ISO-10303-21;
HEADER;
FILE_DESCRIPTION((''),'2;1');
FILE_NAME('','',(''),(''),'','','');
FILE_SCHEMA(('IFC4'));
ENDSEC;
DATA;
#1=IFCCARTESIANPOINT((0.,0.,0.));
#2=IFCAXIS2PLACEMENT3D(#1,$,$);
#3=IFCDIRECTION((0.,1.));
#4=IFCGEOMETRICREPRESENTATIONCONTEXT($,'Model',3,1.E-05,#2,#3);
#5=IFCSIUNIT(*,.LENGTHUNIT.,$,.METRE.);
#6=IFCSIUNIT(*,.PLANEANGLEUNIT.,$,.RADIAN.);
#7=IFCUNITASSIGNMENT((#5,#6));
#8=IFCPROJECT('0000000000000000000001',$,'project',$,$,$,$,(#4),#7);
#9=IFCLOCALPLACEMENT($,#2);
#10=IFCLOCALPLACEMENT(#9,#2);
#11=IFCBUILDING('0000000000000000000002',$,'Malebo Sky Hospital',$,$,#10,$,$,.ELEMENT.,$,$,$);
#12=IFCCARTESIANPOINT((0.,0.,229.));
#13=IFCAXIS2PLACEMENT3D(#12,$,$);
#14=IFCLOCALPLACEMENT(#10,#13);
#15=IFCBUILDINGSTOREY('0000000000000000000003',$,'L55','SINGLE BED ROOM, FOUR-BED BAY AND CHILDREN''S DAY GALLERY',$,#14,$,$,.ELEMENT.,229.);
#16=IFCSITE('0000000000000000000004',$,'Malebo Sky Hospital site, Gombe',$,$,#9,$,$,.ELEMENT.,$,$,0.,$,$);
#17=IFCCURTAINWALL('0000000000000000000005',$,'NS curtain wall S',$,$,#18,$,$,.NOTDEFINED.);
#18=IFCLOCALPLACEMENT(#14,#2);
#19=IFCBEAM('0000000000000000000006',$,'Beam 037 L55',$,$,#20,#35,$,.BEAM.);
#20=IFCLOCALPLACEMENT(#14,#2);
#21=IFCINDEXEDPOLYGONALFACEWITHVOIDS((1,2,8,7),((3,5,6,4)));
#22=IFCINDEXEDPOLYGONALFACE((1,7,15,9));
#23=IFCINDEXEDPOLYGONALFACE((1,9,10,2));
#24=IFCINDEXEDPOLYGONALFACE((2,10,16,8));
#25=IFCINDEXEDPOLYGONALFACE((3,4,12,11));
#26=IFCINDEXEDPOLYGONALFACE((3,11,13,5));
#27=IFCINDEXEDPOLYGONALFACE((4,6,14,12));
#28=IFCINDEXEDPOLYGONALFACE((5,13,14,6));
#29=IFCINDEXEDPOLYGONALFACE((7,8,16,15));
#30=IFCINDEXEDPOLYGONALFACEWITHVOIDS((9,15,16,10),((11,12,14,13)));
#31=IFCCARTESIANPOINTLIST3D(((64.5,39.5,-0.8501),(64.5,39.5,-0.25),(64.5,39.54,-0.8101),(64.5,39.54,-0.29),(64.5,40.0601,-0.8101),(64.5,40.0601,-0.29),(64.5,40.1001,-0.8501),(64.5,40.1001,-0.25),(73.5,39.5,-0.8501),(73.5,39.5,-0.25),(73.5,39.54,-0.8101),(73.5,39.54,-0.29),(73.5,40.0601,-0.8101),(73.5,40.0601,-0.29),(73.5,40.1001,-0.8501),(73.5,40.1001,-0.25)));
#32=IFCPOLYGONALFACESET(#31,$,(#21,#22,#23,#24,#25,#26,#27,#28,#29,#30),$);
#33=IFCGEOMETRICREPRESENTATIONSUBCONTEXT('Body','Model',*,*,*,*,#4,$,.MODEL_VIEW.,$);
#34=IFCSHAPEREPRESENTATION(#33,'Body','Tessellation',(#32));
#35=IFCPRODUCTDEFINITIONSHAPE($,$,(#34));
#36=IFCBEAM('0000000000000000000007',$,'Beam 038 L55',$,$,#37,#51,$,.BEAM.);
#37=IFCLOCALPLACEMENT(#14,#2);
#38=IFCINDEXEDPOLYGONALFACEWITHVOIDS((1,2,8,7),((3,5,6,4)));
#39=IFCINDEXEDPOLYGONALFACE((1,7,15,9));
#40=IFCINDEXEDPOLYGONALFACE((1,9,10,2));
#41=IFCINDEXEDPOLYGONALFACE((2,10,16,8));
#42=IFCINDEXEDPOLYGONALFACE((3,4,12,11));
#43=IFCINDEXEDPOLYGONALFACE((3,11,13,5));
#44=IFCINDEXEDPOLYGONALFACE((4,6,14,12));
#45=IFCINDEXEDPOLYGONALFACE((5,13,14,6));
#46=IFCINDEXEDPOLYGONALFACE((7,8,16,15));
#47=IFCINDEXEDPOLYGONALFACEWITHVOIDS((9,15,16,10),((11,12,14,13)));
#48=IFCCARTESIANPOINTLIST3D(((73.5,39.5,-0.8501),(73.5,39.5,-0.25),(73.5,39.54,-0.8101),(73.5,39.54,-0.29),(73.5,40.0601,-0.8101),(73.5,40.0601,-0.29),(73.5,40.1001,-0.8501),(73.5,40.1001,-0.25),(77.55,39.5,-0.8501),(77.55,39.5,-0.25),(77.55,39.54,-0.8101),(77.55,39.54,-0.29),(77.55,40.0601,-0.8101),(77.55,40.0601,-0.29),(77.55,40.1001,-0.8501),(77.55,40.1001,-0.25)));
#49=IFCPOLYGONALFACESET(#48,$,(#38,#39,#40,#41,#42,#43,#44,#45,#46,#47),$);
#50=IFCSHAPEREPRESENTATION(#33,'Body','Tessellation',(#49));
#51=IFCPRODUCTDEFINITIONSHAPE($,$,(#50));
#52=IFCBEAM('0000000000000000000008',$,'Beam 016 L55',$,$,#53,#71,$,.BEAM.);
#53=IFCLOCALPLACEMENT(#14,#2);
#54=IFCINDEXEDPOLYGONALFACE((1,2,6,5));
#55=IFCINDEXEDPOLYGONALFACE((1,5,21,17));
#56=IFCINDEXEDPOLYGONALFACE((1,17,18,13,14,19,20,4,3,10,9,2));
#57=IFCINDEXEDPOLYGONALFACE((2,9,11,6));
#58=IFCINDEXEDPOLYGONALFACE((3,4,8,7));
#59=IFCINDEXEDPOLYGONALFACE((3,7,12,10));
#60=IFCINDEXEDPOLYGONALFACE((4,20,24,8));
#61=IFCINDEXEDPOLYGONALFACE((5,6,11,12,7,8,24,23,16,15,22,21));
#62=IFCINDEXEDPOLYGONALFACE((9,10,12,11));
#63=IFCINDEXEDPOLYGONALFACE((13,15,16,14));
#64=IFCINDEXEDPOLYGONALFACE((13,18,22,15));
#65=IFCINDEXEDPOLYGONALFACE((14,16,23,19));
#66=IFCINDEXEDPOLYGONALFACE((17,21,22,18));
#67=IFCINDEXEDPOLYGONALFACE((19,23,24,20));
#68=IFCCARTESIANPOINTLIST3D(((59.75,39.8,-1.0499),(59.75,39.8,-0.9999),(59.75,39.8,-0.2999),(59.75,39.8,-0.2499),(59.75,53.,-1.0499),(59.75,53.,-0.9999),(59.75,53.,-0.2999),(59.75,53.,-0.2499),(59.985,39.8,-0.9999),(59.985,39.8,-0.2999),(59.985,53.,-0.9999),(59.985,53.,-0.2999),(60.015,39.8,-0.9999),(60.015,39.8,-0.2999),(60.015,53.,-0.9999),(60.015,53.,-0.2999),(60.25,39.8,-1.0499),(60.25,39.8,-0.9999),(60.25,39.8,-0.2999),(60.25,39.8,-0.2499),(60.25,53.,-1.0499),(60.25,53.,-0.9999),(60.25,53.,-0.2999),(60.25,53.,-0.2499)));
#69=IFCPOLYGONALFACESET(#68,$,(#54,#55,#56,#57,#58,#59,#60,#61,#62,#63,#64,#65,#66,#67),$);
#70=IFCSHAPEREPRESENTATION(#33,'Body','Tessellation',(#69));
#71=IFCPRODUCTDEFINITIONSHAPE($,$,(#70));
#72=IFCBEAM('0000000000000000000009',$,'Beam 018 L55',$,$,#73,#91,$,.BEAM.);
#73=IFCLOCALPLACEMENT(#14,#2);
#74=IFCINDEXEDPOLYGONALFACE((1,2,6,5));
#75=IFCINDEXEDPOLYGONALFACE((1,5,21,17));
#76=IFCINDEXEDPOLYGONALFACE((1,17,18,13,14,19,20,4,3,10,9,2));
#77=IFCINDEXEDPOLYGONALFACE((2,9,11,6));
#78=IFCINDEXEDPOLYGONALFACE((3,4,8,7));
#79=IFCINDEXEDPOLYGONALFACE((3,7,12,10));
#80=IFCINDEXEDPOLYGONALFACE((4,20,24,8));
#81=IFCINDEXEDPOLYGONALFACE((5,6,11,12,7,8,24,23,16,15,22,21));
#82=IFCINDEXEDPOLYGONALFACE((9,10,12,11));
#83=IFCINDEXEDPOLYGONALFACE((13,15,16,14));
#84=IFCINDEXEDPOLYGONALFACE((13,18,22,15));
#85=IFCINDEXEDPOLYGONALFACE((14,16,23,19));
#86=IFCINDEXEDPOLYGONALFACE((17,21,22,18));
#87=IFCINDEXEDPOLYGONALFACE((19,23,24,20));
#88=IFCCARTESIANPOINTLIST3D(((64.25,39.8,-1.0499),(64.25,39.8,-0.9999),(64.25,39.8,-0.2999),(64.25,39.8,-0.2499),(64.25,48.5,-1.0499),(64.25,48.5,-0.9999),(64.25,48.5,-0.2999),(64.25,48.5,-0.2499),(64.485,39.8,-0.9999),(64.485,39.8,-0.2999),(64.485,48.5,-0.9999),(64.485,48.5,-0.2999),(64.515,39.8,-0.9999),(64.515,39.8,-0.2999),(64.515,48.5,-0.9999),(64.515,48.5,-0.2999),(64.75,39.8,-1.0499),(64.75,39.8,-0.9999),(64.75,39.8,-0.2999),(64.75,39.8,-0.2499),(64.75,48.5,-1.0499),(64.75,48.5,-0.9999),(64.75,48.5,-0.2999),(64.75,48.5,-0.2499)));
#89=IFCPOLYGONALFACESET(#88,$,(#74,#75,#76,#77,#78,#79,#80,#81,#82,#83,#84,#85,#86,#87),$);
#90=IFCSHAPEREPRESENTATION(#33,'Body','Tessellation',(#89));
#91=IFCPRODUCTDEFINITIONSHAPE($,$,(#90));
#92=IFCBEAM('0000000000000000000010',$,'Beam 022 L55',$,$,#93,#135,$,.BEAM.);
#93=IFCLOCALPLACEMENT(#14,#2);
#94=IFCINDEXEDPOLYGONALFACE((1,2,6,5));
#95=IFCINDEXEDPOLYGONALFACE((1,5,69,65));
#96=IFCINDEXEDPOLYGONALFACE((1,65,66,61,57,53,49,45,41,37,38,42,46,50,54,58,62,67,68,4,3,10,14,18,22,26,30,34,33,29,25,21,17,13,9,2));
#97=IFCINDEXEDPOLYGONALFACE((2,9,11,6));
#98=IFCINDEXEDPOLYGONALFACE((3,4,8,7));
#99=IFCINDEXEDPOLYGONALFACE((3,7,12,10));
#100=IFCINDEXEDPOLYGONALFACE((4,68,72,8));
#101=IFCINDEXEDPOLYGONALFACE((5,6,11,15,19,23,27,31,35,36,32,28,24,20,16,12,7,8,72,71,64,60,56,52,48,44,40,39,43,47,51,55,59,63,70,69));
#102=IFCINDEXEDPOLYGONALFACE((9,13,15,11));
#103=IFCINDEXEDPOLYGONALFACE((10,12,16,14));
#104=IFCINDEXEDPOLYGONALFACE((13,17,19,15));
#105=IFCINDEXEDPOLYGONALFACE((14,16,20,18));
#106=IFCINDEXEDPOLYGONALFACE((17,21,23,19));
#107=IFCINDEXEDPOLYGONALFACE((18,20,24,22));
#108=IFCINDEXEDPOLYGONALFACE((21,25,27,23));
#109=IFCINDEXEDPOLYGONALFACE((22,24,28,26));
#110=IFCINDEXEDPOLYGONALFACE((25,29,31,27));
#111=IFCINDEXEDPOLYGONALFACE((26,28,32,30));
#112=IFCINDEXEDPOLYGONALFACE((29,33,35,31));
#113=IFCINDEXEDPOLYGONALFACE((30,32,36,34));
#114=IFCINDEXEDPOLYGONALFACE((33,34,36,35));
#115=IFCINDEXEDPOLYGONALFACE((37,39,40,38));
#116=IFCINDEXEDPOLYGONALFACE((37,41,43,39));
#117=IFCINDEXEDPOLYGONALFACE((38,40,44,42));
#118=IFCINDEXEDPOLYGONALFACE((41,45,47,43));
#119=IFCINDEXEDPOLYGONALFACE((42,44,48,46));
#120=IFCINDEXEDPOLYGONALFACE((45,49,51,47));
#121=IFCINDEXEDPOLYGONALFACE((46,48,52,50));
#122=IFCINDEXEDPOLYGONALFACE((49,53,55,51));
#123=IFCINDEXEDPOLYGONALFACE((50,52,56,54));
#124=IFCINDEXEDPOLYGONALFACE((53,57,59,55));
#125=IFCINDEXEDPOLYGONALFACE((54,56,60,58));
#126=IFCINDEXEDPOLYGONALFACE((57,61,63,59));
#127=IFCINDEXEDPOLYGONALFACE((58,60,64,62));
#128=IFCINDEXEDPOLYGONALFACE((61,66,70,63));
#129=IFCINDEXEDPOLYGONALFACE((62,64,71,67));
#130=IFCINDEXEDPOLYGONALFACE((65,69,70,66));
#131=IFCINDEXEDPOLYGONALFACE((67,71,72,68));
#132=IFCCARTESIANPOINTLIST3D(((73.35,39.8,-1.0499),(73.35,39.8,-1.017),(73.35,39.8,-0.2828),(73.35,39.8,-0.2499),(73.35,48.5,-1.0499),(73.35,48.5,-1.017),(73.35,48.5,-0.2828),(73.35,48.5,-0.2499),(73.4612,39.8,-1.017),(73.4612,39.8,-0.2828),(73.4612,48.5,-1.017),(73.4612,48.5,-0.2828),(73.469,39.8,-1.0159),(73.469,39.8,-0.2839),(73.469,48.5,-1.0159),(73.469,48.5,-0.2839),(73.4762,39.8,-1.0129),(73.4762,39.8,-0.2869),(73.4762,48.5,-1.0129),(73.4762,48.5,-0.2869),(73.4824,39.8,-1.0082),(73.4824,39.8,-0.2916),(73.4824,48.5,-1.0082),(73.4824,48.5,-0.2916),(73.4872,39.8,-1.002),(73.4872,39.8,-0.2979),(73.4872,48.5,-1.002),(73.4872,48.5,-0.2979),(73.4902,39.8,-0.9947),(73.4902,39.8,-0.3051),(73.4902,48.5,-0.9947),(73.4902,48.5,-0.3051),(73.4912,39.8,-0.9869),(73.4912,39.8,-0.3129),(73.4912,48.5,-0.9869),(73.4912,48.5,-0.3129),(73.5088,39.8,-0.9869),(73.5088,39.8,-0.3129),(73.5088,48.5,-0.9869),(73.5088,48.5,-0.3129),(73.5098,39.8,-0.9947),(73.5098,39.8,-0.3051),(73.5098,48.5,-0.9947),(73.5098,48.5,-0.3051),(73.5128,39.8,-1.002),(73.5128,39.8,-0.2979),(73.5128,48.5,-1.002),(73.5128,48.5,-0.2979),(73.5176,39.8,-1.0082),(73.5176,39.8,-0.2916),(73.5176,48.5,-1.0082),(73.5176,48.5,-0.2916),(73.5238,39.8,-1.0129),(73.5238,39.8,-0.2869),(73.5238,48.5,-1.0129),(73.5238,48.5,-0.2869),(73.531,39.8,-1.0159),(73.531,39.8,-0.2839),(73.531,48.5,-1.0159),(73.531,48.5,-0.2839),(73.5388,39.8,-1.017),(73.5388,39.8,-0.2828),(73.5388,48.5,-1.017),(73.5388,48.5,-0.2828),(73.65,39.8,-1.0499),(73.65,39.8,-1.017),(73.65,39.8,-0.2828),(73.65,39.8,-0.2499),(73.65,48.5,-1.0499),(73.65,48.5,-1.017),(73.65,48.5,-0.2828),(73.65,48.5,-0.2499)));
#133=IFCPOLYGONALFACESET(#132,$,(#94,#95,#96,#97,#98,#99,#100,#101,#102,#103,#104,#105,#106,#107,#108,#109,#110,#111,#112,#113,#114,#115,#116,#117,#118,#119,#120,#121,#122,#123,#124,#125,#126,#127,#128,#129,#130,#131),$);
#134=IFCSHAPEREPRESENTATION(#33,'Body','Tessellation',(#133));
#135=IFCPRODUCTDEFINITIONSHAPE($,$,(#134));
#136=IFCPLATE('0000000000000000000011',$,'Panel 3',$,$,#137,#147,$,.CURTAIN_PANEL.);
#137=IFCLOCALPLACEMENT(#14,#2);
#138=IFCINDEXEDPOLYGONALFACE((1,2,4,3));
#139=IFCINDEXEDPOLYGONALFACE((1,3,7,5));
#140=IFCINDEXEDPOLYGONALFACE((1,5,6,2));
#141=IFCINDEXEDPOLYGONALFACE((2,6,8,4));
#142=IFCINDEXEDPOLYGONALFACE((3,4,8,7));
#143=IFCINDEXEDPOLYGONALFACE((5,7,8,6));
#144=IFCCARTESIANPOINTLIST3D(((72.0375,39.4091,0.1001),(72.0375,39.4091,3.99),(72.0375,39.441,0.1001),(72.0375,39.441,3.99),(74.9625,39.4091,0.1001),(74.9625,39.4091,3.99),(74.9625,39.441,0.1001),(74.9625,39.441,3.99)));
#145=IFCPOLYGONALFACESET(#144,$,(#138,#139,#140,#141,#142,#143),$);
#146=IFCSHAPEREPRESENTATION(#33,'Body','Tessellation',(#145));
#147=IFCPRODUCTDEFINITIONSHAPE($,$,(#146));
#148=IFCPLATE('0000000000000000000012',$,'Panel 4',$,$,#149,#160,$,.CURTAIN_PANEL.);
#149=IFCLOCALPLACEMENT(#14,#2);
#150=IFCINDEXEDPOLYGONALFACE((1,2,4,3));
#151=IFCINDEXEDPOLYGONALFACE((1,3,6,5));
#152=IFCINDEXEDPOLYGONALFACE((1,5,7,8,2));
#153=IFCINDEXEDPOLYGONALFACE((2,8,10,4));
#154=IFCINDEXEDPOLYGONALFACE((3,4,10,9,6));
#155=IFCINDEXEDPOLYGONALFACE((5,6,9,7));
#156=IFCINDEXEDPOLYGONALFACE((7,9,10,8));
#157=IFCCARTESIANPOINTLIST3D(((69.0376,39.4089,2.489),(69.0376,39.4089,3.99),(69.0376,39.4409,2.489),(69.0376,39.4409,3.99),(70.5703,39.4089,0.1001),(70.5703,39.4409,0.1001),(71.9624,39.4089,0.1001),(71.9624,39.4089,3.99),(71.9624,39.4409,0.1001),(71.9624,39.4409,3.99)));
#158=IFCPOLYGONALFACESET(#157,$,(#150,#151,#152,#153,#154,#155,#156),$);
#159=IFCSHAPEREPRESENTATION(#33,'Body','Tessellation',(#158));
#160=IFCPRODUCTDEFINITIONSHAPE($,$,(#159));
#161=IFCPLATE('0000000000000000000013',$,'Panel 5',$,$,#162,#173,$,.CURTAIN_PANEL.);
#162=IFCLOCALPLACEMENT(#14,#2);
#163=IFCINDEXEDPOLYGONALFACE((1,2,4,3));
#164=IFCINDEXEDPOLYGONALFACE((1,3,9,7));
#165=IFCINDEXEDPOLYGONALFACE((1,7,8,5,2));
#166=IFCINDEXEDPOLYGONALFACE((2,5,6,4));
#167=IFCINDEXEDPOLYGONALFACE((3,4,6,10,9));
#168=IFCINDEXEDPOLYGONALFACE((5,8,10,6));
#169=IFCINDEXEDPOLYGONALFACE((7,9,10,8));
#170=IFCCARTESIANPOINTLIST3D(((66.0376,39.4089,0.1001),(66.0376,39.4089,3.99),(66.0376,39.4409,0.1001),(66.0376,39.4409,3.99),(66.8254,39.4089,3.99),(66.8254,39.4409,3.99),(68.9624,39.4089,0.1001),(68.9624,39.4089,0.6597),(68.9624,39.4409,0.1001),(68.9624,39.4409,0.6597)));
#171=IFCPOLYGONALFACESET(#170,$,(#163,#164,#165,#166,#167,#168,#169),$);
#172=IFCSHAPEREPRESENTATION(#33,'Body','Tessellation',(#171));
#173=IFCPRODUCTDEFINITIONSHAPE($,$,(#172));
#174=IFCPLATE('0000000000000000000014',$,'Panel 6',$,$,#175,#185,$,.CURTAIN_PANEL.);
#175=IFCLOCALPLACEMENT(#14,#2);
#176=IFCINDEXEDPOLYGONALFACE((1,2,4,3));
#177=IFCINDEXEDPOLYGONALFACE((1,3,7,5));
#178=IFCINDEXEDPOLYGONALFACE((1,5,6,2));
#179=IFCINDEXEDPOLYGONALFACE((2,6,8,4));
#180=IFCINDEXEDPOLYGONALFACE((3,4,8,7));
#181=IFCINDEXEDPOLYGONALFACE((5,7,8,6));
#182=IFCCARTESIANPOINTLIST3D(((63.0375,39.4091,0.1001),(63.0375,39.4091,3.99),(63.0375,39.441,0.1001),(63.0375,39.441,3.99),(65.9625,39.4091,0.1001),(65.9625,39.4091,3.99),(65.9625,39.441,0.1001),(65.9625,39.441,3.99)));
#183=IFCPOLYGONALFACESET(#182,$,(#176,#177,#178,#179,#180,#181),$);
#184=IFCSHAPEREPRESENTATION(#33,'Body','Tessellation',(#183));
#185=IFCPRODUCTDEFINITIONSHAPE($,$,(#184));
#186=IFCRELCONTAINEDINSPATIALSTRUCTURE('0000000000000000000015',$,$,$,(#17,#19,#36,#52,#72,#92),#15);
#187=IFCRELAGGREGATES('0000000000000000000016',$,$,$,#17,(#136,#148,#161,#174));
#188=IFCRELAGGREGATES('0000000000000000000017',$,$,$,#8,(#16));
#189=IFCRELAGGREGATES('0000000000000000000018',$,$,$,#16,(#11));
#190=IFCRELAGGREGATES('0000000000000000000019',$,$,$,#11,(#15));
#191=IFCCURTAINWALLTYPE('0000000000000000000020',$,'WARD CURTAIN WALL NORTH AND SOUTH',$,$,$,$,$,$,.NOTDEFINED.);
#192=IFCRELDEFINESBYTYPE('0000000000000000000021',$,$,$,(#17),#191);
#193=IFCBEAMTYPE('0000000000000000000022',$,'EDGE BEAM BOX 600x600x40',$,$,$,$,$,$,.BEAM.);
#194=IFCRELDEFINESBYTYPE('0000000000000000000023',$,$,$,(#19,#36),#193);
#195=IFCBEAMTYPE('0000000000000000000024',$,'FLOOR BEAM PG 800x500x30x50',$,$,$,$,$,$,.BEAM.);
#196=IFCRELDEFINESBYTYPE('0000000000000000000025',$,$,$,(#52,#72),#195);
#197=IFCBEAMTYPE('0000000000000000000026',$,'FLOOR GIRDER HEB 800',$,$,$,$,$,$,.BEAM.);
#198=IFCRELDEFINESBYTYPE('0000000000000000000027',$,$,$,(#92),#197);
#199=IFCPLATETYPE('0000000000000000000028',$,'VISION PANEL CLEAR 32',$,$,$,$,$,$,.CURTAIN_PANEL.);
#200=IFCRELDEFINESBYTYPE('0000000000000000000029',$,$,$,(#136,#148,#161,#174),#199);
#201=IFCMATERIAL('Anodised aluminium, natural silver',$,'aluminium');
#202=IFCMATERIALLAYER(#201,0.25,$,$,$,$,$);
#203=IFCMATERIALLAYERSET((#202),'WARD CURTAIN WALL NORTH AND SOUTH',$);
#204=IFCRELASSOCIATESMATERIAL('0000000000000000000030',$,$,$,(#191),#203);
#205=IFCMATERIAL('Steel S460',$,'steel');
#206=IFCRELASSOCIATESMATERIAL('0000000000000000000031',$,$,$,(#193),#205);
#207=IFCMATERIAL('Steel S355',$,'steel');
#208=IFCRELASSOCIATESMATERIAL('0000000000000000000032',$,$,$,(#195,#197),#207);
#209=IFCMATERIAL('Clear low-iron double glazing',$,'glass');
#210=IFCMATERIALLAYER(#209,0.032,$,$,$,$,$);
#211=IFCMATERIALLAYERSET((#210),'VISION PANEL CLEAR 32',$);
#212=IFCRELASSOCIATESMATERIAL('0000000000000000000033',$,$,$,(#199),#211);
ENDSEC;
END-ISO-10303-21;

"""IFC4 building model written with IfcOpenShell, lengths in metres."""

from ifc_helpers import new_model, si_unit, direction, frame, origin, origin_2d, place, context, subcontext, project, spatial, polyline, rectangle, hollow_rectangle, i_section, outline, extrude, material, layer, layer_set, material_profile, profile_set, type_object, element, aggregate, save


model = new_model("IFC4")

# Units and contexts
model_context = context("Model", 3, precision=1e-05, world=origin(), true_north=direction((0.0, 1.0)))
body_context = subcontext(model_context, "Body", "Model", "MODEL_VIEW")
ifc_project = project(units=[si_unit("LENGTHUNIT", "METRE"), si_unit("PLANEANGLEUNIT", "RADIAN")], contexts=[model_context])

# Site, building, storey
site_placement = place(None, origin())
site = spatial("IfcSite", under=ifc_project, at=site_placement, Name="Malebo Sky Hospital site, Gombe", CompositionType="ELEMENT", RefElevation=0.0)
building_placement = place(site_placement, origin())
building = spatial("IfcBuilding", under=site, at=building_placement, Name="Malebo Sky Hospital", CompositionType="ELEMENT")
storey_placement = place(building_placement, frame((0.0, 0.0, 229.0)))
storey = spatial("IfcBuildingStorey", under=building, at=storey_placement, Name="L55", Description="SINGLE BED ROOM, FOUR-BED BAY AND CHILDREN'S DAY GALLERY", CompositionType="ELEMENT", Elevation=229.0)

# Shared definitions
ifc_material_1 = material(Name="Steel S460", Category="steel")

# Curtain wall
ifc_material_2 = material(Name="Anodised aluminium, natural silver", Category="aluminium")
ifc_layer_1 = layer(ifc_material_2, 0.25)
ifc_layer_set_1 = layer_set([ifc_layer_1], Name="WARD CURTAIN WALL NORTH AND SOUTH")
curtain_wall_type = type_object("IfcCurtainWallType", Name="WARD CURTAIN WALL NORTH AND SOUTH", PredefinedType="NOTDEFINED", material=ifc_layer_set_1)
curtain_wall_placement = place(storey_placement, origin())
curtain_wall = element("IfcCurtainWall", 1, at=curtain_wall_placement, inside=storey, type_object=curtain_wall_type, Name="NS curtain wall S", PredefinedType="NOTDEFINED")

# Shared definitions
ifc_material_3 = material(Name="Steel S355", Category="steel")

# Beams
ifc_material_profile_1 = material_profile(ifc_material_1, hollow_rectangle(XDim=0.6001, YDim=0.6001, WallThickness=0.04, at=origin_2d()), Name="BOX 600x600x40")
ifc_profile_set_1 = profile_set([ifc_material_profile_1], Name="Steel S460")
beam_type_1 = type_object("IfcBeamType", Name="EDGE BEAM BOX 600x600x40", PredefinedType="BEAM", material=ifc_profile_set_1)
beam_1_placement = place(storey_placement, frame((64.5, 39.8, -0.55), z_axis=(1.0, 0.0, 0.0), x_axis=(0.0, 1.0, 0.0)))
element("IfcBeam", 2, at=beam_1_placement, inside=storey, type_object=beam_type_1, Name="Beam 037 L55", PredefinedType="BEAM", context=body_context, shape_type="SweptSolid", body=[
    extrude(hollow_rectangle(XDim=0.6001, YDim=0.6001, WallThickness=0.04, at=origin_2d()), origin(), (0.0, 0.0, 1.0), 9.0),
])
beam_2_placement = place(storey_placement, frame((73.5, 39.8, -0.55), z_axis=(1.0, 0.0, 0.0), x_axis=(0.0, 1.0, 0.0)))
element("IfcBeam", 3, at=beam_2_placement, inside=storey, type_object=beam_type_1, Name="Beam 038 L55", PredefinedType="BEAM", context=body_context, shape_type="SweptSolid", body=[
    extrude(hollow_rectangle(XDim=0.6001, YDim=0.6001, WallThickness=0.04, at=origin_2d()), origin(), (0.0, 0.0, 1.0), 4.05),
])
ifc_material_profile_2 = material_profile(ifc_material_3, i_section(OverallWidth=0.5, OverallDepth=0.8, WebThickness=0.03, FlangeThickness=0.05, at=origin_2d()), Name="PG 800x500x30x50")
ifc_profile_set_2 = profile_set([ifc_material_profile_2], Name="Steel S355")
beam_type_2 = type_object("IfcBeamType", Name="FLOOR BEAM PG 800x500x30x50", PredefinedType="BEAM", material=ifc_profile_set_2)
beam_3_placement = place(storey_placement, frame((60.0, 39.8, -0.6499), z_axis=(0.0, 1.0, 0.0), x_axis=(-1.0, 0.0, 0.0)))
element("IfcBeam", 4, at=beam_3_placement, inside=storey, type_object=beam_type_2, Name="Beam 016 L55", PredefinedType="BEAM", context=body_context, shape_type="SweptSolid", body=[
    extrude(i_section(OverallWidth=0.5, OverallDepth=0.8, WebThickness=0.03, FlangeThickness=0.05, at=origin_2d()), origin(), (0.0, 0.0, 1.0), 13.2),
])
beam_4_placement = place(storey_placement, frame((64.5, 39.8, -0.6499), z_axis=(0.0, 1.0, 0.0), x_axis=(-1.0, 0.0, 0.0)))
element("IfcBeam", 5, at=beam_4_placement, inside=storey, type_object=beam_type_2, Name="Beam 018 L55", PredefinedType="BEAM", context=body_context, shape_type="SweptSolid", body=[
    extrude(i_section(OverallWidth=0.5, OverallDepth=0.8, WebThickness=0.03, FlangeThickness=0.05, at=origin_2d()), origin(), (0.0, 0.0, 1.0), 8.7),
])
ifc_material_profile_3 = material_profile(ifc_material_3, i_section(OverallWidth=0.3, OverallDepth=0.8, WebThickness=0.0176, FlangeThickness=0.033, FilletRadius=0.03, at=origin_2d()), Name="HEB 800")
ifc_profile_set_3 = profile_set([ifc_material_profile_3], Name="Steel S355")
beam_type_3 = type_object("IfcBeamType", Name="FLOOR GIRDER HEB 800", PredefinedType="BEAM", material=ifc_profile_set_3)
beam_5_placement = place(storey_placement, frame((73.5, 39.8, -0.6499), z_axis=(0.0, 1.0, 0.0), x_axis=(-1.0, 0.0, 0.0)))
element("IfcBeam", 6, at=beam_5_placement, inside=storey, type_object=beam_type_3, Name="Beam 022 L55", PredefinedType="BEAM", context=body_context, shape_type="SweptSolid", body=[
    extrude(i_section(OverallWidth=0.3, OverallDepth=0.8, WebThickness=0.0176, FlangeThickness=0.033, FilletRadius=0.03, at=origin_2d()), origin(), (0.0, 0.0, 1.0), 8.7),
])

# Plates
ifc_material_4 = material(Name="Clear low-iron double glazing", Category="glass")
ifc_layer_2 = layer(ifc_material_4, 0.032)
ifc_layer_set_2 = layer_set([ifc_layer_2], Name="VISION PANEL CLEAR 32")
plate_type = type_object("IfcPlateType", Name="VISION PANEL CLEAR 32", PredefinedType="CURTAIN_PANEL", material=ifc_layer_set_2)
plate_1_placement = place(storey_placement, frame((73.5, 39.425, 0.1001), z_axis=(0.0, 0.0, 1.0), x_axis=(-1.0, 0.0, 0.0)))
plate_1 = element("IfcPlate", 7, at=plate_1_placement, type_object=plate_type, Name="Panel 3", PredefinedType="CURTAIN_PANEL", context=body_context, shape_type="SweptSolid", body=[
    extrude(rectangle(XDim=2.925, YDim=0.032, at=origin_2d()), origin(), (0.0, 0.0, 1.0), 3.8899),
])
plate_2_placement = place(storey_placement, frame((70.5, 39.425, 0.1001), z_axis=(0.0, 0.0, 1.0), x_axis=(-1.0, 0.0, 0.0)))
plate_2 = element("IfcPlate", 8, at=plate_2_placement, type_object=plate_type, Name="Panel 4", PredefinedType="CURTAIN_PANEL", context=body_context, shape_type="SweptSolid", body=[
    extrude(outline(polyline([(-1.4624, 0.0), (-0.0703, 0.0), (1.4624, 2.3889), (1.4624, 3.8899), (-1.4624, 3.8899), (-1.4624, 0.0)])), frame((0.0, 0.0161, 0.0), z_axis=(0.0, -1.0, 0.0), x_axis=(1.0, 0.0, 0.0)), (0.0, 0.0, 1.0), 0.032),
])
plate_3_placement = place(storey_placement, frame((67.5, 39.425, 0.1001), z_axis=(0.0, 0.0, 1.0), x_axis=(-1.0, 0.0, 0.0)))
plate_3 = element("IfcPlate", 9, at=plate_3_placement, type_object=plate_type, Name="Panel 5", PredefinedType="CURTAIN_PANEL", context=body_context, shape_type="SweptSolid", body=[
    extrude(outline(polyline([(-1.4624, 0.0), (1.4624, 0.0), (1.4624, 3.8899), (0.6746, 3.8899), (-1.4624, 0.5596), (-1.4624, 0.0)])), frame((0.0, 0.0161, 0.0), z_axis=(0.0, -1.0, 0.0), x_axis=(1.0, 0.0, 0.0)), (0.0, 0.0, 1.0), 0.032),
])
plate_4_placement = place(storey_placement, frame((64.5, 39.425, 0.1001), z_axis=(0.0, 0.0, 1.0), x_axis=(-1.0, 0.0, 0.0)))
plate_4 = element("IfcPlate", 10, at=plate_4_placement, type_object=plate_type, Name="Panel 6", PredefinedType="CURTAIN_PANEL", context=body_context, shape_type="SweptSolid", body=[
    extrude(rectangle(XDim=2.925, YDim=0.032, at=origin_2d()), origin(), (0.0, 0.0, 1.0), 3.8899),
])
aggregate(curtain_wall, [plate_1, plate_2, plate_3, plate_4])

save(model, "model.ifc")
